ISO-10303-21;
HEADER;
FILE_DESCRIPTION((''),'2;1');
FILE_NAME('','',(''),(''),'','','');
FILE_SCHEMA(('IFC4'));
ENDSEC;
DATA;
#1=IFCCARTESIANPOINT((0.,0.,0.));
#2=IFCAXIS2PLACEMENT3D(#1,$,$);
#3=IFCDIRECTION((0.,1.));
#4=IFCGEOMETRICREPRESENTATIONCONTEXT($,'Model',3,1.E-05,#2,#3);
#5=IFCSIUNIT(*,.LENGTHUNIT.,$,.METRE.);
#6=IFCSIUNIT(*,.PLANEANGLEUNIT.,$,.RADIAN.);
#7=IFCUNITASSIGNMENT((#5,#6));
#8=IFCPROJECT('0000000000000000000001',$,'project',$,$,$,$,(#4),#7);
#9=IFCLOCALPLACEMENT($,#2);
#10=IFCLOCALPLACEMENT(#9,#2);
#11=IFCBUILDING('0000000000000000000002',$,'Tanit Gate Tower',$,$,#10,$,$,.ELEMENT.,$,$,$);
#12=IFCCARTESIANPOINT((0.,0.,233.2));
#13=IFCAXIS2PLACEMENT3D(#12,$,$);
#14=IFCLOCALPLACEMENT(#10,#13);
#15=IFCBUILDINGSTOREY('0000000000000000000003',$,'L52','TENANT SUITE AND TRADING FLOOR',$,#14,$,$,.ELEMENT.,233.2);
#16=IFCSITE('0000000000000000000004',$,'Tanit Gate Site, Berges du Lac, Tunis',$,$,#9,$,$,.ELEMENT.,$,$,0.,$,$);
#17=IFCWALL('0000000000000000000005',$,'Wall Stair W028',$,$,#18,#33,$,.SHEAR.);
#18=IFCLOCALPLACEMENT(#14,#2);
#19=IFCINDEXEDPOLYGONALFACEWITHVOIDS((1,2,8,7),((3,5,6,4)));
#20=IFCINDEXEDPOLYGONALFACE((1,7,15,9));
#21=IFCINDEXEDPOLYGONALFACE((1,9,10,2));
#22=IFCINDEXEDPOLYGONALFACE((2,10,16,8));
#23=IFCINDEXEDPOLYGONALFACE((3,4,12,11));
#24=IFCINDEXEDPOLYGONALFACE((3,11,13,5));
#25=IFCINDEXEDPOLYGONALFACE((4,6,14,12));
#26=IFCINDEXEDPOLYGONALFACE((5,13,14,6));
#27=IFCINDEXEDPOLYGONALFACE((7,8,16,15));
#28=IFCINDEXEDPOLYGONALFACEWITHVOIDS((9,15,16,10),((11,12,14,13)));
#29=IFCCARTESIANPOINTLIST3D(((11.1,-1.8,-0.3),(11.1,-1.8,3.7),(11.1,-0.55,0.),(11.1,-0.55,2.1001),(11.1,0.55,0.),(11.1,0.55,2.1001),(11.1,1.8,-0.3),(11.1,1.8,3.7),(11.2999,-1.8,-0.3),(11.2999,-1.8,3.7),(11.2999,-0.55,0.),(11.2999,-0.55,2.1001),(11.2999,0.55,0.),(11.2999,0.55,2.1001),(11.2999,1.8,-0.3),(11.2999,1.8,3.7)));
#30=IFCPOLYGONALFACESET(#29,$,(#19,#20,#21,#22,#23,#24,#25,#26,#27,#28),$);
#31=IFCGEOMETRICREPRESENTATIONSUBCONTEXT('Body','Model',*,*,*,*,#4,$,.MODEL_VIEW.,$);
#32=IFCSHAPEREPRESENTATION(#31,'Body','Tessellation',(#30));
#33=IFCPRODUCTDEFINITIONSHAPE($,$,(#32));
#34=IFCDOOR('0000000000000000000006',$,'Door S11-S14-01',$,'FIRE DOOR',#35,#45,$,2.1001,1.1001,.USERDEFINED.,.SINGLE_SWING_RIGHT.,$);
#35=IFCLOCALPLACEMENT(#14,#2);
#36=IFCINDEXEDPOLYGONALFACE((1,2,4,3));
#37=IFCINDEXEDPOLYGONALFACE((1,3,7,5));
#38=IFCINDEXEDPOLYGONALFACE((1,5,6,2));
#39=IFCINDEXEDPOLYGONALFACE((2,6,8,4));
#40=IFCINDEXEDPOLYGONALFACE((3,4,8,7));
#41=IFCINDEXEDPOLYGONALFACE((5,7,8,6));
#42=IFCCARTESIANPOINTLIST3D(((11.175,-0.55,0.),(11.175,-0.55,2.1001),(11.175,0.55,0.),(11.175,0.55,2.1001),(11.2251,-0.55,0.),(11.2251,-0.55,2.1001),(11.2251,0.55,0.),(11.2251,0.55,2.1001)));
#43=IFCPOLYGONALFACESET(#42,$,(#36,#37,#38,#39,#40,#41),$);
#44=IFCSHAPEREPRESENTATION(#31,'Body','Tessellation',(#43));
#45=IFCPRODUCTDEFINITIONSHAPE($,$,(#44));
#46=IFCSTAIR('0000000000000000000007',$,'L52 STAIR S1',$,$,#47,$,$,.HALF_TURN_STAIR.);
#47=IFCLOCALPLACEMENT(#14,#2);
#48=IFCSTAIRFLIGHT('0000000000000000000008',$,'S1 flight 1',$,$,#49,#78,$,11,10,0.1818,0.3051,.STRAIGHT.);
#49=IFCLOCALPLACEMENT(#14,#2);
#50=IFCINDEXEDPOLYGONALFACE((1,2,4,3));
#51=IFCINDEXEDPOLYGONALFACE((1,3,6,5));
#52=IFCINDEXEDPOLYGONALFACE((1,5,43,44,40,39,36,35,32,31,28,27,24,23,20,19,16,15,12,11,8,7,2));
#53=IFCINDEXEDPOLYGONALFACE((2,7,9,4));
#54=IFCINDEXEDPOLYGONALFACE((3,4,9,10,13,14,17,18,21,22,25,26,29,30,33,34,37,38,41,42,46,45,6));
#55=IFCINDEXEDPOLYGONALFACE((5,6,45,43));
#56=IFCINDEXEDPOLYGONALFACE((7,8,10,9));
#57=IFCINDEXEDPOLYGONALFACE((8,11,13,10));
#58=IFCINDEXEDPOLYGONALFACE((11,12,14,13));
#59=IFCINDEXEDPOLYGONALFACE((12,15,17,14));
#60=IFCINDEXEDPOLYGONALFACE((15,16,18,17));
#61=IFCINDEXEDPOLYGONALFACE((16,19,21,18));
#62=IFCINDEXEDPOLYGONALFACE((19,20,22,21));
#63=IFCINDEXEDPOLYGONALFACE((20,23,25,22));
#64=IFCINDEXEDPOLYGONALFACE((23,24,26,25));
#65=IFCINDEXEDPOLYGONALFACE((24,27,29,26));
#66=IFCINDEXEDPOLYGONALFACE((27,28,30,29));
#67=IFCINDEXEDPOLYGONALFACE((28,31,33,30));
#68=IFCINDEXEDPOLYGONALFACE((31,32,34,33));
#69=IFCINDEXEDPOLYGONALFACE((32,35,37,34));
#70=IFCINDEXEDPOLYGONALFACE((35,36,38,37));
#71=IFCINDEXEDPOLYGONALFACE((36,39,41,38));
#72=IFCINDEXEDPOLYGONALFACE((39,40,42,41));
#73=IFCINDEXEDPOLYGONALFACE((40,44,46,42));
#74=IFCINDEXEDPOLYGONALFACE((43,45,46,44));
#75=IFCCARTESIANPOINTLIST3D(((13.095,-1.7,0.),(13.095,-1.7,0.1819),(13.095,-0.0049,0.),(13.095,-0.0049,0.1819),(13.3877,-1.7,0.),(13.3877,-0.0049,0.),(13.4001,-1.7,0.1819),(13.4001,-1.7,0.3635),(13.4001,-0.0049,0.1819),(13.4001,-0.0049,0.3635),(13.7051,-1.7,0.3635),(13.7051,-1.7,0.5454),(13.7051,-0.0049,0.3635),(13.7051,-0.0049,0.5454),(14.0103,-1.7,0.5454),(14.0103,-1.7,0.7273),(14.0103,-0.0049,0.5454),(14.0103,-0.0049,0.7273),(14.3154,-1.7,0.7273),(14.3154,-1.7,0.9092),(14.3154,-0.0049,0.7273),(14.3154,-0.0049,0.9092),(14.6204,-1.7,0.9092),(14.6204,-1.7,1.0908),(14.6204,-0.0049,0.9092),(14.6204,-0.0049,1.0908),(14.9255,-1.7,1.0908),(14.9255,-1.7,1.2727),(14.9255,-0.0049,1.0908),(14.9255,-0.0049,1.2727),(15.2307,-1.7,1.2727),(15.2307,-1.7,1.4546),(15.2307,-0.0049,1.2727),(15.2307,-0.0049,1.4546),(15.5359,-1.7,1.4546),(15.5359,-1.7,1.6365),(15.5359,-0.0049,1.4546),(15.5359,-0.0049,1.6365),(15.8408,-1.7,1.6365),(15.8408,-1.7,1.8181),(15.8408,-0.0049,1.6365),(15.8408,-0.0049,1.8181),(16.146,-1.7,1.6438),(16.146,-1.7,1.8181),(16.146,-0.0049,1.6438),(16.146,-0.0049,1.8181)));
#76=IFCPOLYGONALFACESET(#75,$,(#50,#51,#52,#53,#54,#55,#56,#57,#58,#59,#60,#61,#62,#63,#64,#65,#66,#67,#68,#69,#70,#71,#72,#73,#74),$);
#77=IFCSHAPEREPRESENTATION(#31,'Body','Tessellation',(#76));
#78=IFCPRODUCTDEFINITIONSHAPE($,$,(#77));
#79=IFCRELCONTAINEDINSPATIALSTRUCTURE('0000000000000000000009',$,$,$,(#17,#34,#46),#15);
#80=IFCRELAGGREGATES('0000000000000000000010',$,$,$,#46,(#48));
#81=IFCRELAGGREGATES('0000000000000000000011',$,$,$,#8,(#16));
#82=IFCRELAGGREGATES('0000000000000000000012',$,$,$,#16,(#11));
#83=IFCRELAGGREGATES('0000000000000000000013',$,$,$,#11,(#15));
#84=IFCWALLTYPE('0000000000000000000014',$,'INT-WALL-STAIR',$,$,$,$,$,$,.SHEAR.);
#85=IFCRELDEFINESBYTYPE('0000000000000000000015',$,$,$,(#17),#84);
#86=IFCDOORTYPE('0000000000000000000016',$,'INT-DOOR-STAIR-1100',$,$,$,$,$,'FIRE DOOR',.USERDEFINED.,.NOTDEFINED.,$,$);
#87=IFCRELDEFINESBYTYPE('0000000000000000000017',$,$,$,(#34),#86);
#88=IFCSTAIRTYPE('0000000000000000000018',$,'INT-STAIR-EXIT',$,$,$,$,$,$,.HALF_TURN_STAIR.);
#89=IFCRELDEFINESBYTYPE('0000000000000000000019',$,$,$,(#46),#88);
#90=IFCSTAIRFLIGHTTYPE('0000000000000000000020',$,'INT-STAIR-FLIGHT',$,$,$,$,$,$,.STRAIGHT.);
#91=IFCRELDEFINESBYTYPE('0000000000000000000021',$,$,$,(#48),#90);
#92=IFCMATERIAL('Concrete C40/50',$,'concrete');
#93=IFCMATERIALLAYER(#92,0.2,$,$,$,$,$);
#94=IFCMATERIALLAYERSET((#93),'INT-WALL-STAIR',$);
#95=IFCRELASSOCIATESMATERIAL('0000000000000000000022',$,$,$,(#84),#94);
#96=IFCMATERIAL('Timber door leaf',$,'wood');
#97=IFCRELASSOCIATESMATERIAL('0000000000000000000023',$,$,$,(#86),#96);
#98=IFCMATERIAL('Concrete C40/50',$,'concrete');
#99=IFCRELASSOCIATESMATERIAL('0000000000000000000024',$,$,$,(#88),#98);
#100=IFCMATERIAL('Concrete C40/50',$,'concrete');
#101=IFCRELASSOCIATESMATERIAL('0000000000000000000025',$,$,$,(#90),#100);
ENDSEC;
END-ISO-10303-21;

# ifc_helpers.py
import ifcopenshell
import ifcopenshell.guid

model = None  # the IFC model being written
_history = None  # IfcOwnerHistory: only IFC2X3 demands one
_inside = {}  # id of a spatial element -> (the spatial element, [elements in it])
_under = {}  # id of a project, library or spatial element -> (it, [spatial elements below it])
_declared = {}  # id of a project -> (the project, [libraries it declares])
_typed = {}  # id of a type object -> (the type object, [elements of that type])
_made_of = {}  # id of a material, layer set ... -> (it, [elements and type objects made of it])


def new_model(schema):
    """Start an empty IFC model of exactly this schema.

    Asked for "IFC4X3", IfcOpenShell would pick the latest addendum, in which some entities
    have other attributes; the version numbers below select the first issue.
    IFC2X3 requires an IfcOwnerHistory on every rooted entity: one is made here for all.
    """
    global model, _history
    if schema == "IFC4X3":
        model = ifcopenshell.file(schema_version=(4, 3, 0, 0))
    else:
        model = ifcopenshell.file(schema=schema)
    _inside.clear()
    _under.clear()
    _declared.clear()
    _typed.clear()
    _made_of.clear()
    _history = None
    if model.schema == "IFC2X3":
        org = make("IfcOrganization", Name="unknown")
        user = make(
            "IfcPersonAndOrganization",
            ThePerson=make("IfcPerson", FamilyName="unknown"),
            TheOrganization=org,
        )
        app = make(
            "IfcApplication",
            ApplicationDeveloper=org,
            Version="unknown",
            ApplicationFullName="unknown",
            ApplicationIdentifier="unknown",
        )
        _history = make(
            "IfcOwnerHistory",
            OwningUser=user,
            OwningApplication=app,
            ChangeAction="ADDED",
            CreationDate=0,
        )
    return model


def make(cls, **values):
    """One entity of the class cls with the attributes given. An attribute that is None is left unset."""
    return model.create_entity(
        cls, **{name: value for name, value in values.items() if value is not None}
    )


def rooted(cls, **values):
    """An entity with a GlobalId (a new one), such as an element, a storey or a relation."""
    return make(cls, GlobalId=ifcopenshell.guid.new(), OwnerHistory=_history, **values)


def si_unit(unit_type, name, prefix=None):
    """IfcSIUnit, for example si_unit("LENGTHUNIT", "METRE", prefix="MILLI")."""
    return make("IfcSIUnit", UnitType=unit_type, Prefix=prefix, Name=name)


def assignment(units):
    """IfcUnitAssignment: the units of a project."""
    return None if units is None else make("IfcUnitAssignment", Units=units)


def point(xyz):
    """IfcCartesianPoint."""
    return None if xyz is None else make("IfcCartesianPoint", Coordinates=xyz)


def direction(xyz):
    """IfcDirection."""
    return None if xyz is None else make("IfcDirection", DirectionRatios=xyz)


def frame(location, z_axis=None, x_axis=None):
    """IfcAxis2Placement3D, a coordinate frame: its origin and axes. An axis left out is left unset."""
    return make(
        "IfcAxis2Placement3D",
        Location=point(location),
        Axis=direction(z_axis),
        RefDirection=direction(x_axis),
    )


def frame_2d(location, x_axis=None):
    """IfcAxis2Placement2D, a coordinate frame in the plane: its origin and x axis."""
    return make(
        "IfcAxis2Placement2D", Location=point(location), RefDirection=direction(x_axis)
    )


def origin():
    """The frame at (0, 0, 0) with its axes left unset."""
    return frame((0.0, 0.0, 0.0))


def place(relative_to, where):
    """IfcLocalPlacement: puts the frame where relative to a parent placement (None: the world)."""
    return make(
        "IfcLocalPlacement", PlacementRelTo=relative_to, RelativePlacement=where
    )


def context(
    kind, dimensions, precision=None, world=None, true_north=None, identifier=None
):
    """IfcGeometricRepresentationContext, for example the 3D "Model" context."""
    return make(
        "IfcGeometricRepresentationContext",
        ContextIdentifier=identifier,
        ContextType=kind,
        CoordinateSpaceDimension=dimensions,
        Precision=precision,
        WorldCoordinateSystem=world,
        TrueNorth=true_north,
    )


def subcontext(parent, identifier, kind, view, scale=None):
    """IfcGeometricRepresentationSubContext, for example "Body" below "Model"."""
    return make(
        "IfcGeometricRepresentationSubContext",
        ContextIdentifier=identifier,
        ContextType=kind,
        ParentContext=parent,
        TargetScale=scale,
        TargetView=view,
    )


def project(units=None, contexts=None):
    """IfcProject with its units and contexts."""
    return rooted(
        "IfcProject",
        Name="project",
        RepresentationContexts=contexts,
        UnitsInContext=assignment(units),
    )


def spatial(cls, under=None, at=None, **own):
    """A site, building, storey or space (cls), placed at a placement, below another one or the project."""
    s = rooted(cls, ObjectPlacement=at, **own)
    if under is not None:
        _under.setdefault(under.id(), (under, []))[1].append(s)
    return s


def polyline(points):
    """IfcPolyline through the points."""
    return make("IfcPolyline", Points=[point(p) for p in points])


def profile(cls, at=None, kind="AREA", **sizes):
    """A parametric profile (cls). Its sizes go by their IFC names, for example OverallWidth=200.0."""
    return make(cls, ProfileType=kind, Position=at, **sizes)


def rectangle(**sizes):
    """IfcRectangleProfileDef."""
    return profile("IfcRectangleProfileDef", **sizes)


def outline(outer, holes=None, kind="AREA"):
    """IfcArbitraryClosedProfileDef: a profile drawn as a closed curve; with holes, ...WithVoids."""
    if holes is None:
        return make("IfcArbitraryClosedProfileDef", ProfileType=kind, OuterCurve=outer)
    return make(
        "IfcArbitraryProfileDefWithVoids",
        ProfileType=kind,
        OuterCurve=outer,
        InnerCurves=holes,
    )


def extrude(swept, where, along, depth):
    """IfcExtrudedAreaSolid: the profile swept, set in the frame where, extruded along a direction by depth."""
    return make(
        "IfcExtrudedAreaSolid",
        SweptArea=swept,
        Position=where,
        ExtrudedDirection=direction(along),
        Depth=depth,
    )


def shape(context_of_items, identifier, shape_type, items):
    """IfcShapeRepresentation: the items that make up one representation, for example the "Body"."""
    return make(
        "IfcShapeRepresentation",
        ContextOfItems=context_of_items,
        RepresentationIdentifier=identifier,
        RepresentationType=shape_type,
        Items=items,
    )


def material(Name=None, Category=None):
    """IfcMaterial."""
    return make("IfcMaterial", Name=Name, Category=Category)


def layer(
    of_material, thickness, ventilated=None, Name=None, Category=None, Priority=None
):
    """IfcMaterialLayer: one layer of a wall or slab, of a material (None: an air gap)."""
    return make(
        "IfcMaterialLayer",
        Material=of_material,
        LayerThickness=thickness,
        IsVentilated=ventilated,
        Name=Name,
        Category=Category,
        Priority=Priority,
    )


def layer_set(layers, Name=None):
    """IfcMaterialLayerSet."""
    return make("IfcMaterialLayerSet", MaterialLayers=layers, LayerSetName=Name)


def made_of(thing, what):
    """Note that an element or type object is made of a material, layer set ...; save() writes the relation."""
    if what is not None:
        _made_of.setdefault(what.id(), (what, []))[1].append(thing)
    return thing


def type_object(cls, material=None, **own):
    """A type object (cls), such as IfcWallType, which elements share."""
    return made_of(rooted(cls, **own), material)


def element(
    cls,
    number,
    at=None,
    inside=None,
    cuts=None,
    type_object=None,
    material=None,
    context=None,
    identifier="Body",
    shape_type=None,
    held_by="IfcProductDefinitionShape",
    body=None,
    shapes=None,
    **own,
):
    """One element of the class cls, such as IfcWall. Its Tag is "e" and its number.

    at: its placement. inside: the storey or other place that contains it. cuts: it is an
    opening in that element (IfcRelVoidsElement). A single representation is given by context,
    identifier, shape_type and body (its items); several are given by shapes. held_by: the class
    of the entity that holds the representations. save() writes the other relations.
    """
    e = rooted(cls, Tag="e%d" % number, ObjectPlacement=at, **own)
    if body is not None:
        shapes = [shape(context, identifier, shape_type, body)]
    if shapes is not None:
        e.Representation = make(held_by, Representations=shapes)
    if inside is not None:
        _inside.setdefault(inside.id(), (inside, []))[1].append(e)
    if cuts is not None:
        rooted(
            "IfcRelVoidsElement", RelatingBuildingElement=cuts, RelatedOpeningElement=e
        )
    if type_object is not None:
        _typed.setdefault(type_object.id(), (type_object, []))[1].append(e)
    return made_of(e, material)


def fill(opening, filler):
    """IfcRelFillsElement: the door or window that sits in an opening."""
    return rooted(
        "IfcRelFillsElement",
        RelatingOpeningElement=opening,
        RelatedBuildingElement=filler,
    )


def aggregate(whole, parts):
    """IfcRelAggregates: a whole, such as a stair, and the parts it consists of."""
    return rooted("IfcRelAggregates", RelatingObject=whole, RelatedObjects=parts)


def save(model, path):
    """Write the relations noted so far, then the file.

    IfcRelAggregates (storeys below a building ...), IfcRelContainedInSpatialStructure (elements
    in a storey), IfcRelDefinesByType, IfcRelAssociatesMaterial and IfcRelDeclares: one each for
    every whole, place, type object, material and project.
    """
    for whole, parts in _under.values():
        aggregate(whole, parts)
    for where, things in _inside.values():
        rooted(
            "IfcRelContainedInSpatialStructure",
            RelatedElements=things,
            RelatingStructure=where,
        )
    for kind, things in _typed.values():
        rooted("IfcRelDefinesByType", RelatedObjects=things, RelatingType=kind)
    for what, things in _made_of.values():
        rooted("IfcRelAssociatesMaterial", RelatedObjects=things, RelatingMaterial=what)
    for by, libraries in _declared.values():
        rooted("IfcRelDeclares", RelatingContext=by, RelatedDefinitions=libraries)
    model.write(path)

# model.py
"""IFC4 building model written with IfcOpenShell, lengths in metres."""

from ifc_helpers import new_model, si_unit, direction, frame, frame_2d, origin, place, context, subcontext, project, spatial, polyline, rectangle, outline, extrude, material, layer, layer_set, type_object, element, fill, aggregate, save


model = new_model("IFC4")

# Units and contexts
model_context = context("Model", 3, precision=1e-05, world=origin(), true_north=direction((0.0, 1.0)))
body_context = subcontext(model_context, "Body", "Model", "MODEL_VIEW")
ifc_project = project(units=[si_unit("LENGTHUNIT", "METRE"), si_unit("PLANEANGLEUNIT", "RADIAN")], contexts=[model_context])

# Site, building, storey
site_placement = place(None, origin())
site = spatial("IfcSite", under=ifc_project, at=site_placement, Name="Tanit Gate Site, Berges du Lac, Tunis", CompositionType="ELEMENT", RefElevation=0.0)
building_placement = place(site_placement, origin())
building = spatial("IfcBuilding", under=site, at=building_placement, Name="Tanit Gate Tower", CompositionType="ELEMENT")
storey_placement = place(building_placement, frame((0.0, 0.0, 233.2)))
storey = spatial("IfcBuildingStorey", under=building, at=storey_placement, Name="L52", Description="TENANT SUITE AND TRADING FLOOR", CompositionType="ELEMENT", Elevation=233.2)

# Shared definitions
ifc_material_1 = material(Name="Concrete C40/50", Category="concrete")
ifc_layer_1 = layer(ifc_material_1, 0.2)
ifc_layer_set_1 = layer_set([ifc_layer_1], Name="INT-WALL-STAIR")
wall_type_1 = type_object("IfcWallType", Name="INT-WALL-STAIR", PredefinedType="SHEAR", material=ifc_layer_set_1)

# Wall, opening, door
wall_1_placement = place(storey_placement, frame((11.2, -1.8, -0.3), z_axis=(0.0, 0.0, 1.0), x_axis=(0.0, 1.0, 0.0)))
wall_1 = element("IfcWall", 1, at=wall_1_placement, inside=storey, type_object=wall_type_1, Name="Wall Stair W028", PredefinedType="SHEAR", context=body_context, shape_type="SweptSolid", body=[
    extrude(rectangle(XDim=3.6001, YDim=0.2, at=frame_2d((1.8, 0.0))), origin(), (0.0, 0.0, 1.0), 4.0),
])
opening_1_placement = place(wall_1_placement, frame((1.25, 0.0, 0.3)))
opening_1 = element("IfcOpeningElement", 2, at=opening_1_placement, cuts=wall_1, PredefinedType="OPENING", context=body_context, shape_type="SweptSolid", body=[
    extrude(rectangle(XDim=1.1001, YDim=2.1001, at=frame_2d((0.55, 1.05))), frame((0.0, 0.1099, 0.0), z_axis=(0.0, -1.0, 0.0), x_axis=(1.0, 0.0, 0.0)), (0.0, 0.0, 1.0), 0.22),
])
ifc_material_2 = material(Name="Timber door leaf", Category="wood")
door_type_1 = type_object("IfcDoorType", Name="INT-DOOR-STAIR-1100", ElementType="FIRE DOOR", OperationType="NOTDEFINED", PredefinedType="USERDEFINED", material=ifc_material_2)
door_1_placement = place(opening_1_placement, origin())
door_1 = element("IfcDoor", 3, at=door_1_placement, inside=storey, type_object=door_type_1, Name="Door S11-S14-01", ObjectType="FIRE DOOR", OperationType="SINGLE_SWING_RIGHT", OverallHeight=2.1001, OverallWidth=1.1001, PredefinedType="USERDEFINED", context=body_context, shape_type="SweptSolid", body=[
    extrude(rectangle(XDim=1.1001, YDim=2.1001, at=frame_2d((0.55, 1.05))), frame((0.0, 0.0249, 0.0), z_axis=(0.0, -1.0, 0.0), x_axis=(1.0, 0.0, 0.0)), (0.0, 0.0, 1.0), 0.05),
])
fill(opening_1, door_1)

# Stair, stair flight
ifc_material_3 = material(Name="Concrete C40/50", Category="concrete")
stair_type = type_object("IfcStairType", Name="INT-STAIR-EXIT", PredefinedType="HALF_TURN_STAIR", material=ifc_material_3)
stair_placement = place(storey_placement, origin())
stair = element("IfcStair", 4, at=stair_placement, inside=storey, type_object=stair_type, Name="L52 STAIR S1", PredefinedType="HALF_TURN_STAIR")
ifc_material_4 = material(Name="Concrete C40/50", Category="concrete")
stair_flight_type = type_object("IfcStairFlightType", Name="INT-STAIR-FLIGHT", PredefinedType="STRAIGHT", material=ifc_material_4)
stair_flight_placement = place(storey_placement, frame((13.095, -0.8525, 0.0), z_axis=(0.0, 0.0, 1.0), x_axis=(1.0, 0.0, 0.0)))
stair_flight = element("IfcStairFlight", 5, at=stair_flight_placement, type_object=stair_flight_type, Name="S1 flight 1", NumberOfRisers=11, NumberOfTreads=10, PredefinedType="STRAIGHT", RiserHeight=0.1818, TreadLength=0.3051, context=body_context, shape_type="SweptSolid", body=[
    extrude(outline(polyline([(0.0, 0.0), (0.0, 0.1819), (0.3052, 0.1819), (0.3052, 0.3635), (0.6101, 0.3635), (0.6101, 0.5454), (0.9153, 0.5454), (0.9153, 0.7273), (1.2205, 0.7273), (1.2205, 0.9092), (1.5254, 0.9092), (1.5254, 1.0908), (1.8306, 1.0908), (1.8306, 1.2727), (2.1357, 1.2727), (2.1357, 1.4546), (2.4409, 1.4546), (2.4409, 1.6365), (2.7458, 1.6365), (2.7458, 1.8181), (3.051, 1.8181), (3.051, 2.0), (3.051, 1.6438), (0.2927, 0.0), (0.0, 0.0)])), frame((0.0, 0.8477, 0.0), z_axis=(0.0, -1.0, 0.0), x_axis=(1.0, 0.0, 0.0)), (0.0, 0.0, 1.0), 1.6951),
])
aggregate(stair, [stair_flight])

save(model, "model.ifc")
